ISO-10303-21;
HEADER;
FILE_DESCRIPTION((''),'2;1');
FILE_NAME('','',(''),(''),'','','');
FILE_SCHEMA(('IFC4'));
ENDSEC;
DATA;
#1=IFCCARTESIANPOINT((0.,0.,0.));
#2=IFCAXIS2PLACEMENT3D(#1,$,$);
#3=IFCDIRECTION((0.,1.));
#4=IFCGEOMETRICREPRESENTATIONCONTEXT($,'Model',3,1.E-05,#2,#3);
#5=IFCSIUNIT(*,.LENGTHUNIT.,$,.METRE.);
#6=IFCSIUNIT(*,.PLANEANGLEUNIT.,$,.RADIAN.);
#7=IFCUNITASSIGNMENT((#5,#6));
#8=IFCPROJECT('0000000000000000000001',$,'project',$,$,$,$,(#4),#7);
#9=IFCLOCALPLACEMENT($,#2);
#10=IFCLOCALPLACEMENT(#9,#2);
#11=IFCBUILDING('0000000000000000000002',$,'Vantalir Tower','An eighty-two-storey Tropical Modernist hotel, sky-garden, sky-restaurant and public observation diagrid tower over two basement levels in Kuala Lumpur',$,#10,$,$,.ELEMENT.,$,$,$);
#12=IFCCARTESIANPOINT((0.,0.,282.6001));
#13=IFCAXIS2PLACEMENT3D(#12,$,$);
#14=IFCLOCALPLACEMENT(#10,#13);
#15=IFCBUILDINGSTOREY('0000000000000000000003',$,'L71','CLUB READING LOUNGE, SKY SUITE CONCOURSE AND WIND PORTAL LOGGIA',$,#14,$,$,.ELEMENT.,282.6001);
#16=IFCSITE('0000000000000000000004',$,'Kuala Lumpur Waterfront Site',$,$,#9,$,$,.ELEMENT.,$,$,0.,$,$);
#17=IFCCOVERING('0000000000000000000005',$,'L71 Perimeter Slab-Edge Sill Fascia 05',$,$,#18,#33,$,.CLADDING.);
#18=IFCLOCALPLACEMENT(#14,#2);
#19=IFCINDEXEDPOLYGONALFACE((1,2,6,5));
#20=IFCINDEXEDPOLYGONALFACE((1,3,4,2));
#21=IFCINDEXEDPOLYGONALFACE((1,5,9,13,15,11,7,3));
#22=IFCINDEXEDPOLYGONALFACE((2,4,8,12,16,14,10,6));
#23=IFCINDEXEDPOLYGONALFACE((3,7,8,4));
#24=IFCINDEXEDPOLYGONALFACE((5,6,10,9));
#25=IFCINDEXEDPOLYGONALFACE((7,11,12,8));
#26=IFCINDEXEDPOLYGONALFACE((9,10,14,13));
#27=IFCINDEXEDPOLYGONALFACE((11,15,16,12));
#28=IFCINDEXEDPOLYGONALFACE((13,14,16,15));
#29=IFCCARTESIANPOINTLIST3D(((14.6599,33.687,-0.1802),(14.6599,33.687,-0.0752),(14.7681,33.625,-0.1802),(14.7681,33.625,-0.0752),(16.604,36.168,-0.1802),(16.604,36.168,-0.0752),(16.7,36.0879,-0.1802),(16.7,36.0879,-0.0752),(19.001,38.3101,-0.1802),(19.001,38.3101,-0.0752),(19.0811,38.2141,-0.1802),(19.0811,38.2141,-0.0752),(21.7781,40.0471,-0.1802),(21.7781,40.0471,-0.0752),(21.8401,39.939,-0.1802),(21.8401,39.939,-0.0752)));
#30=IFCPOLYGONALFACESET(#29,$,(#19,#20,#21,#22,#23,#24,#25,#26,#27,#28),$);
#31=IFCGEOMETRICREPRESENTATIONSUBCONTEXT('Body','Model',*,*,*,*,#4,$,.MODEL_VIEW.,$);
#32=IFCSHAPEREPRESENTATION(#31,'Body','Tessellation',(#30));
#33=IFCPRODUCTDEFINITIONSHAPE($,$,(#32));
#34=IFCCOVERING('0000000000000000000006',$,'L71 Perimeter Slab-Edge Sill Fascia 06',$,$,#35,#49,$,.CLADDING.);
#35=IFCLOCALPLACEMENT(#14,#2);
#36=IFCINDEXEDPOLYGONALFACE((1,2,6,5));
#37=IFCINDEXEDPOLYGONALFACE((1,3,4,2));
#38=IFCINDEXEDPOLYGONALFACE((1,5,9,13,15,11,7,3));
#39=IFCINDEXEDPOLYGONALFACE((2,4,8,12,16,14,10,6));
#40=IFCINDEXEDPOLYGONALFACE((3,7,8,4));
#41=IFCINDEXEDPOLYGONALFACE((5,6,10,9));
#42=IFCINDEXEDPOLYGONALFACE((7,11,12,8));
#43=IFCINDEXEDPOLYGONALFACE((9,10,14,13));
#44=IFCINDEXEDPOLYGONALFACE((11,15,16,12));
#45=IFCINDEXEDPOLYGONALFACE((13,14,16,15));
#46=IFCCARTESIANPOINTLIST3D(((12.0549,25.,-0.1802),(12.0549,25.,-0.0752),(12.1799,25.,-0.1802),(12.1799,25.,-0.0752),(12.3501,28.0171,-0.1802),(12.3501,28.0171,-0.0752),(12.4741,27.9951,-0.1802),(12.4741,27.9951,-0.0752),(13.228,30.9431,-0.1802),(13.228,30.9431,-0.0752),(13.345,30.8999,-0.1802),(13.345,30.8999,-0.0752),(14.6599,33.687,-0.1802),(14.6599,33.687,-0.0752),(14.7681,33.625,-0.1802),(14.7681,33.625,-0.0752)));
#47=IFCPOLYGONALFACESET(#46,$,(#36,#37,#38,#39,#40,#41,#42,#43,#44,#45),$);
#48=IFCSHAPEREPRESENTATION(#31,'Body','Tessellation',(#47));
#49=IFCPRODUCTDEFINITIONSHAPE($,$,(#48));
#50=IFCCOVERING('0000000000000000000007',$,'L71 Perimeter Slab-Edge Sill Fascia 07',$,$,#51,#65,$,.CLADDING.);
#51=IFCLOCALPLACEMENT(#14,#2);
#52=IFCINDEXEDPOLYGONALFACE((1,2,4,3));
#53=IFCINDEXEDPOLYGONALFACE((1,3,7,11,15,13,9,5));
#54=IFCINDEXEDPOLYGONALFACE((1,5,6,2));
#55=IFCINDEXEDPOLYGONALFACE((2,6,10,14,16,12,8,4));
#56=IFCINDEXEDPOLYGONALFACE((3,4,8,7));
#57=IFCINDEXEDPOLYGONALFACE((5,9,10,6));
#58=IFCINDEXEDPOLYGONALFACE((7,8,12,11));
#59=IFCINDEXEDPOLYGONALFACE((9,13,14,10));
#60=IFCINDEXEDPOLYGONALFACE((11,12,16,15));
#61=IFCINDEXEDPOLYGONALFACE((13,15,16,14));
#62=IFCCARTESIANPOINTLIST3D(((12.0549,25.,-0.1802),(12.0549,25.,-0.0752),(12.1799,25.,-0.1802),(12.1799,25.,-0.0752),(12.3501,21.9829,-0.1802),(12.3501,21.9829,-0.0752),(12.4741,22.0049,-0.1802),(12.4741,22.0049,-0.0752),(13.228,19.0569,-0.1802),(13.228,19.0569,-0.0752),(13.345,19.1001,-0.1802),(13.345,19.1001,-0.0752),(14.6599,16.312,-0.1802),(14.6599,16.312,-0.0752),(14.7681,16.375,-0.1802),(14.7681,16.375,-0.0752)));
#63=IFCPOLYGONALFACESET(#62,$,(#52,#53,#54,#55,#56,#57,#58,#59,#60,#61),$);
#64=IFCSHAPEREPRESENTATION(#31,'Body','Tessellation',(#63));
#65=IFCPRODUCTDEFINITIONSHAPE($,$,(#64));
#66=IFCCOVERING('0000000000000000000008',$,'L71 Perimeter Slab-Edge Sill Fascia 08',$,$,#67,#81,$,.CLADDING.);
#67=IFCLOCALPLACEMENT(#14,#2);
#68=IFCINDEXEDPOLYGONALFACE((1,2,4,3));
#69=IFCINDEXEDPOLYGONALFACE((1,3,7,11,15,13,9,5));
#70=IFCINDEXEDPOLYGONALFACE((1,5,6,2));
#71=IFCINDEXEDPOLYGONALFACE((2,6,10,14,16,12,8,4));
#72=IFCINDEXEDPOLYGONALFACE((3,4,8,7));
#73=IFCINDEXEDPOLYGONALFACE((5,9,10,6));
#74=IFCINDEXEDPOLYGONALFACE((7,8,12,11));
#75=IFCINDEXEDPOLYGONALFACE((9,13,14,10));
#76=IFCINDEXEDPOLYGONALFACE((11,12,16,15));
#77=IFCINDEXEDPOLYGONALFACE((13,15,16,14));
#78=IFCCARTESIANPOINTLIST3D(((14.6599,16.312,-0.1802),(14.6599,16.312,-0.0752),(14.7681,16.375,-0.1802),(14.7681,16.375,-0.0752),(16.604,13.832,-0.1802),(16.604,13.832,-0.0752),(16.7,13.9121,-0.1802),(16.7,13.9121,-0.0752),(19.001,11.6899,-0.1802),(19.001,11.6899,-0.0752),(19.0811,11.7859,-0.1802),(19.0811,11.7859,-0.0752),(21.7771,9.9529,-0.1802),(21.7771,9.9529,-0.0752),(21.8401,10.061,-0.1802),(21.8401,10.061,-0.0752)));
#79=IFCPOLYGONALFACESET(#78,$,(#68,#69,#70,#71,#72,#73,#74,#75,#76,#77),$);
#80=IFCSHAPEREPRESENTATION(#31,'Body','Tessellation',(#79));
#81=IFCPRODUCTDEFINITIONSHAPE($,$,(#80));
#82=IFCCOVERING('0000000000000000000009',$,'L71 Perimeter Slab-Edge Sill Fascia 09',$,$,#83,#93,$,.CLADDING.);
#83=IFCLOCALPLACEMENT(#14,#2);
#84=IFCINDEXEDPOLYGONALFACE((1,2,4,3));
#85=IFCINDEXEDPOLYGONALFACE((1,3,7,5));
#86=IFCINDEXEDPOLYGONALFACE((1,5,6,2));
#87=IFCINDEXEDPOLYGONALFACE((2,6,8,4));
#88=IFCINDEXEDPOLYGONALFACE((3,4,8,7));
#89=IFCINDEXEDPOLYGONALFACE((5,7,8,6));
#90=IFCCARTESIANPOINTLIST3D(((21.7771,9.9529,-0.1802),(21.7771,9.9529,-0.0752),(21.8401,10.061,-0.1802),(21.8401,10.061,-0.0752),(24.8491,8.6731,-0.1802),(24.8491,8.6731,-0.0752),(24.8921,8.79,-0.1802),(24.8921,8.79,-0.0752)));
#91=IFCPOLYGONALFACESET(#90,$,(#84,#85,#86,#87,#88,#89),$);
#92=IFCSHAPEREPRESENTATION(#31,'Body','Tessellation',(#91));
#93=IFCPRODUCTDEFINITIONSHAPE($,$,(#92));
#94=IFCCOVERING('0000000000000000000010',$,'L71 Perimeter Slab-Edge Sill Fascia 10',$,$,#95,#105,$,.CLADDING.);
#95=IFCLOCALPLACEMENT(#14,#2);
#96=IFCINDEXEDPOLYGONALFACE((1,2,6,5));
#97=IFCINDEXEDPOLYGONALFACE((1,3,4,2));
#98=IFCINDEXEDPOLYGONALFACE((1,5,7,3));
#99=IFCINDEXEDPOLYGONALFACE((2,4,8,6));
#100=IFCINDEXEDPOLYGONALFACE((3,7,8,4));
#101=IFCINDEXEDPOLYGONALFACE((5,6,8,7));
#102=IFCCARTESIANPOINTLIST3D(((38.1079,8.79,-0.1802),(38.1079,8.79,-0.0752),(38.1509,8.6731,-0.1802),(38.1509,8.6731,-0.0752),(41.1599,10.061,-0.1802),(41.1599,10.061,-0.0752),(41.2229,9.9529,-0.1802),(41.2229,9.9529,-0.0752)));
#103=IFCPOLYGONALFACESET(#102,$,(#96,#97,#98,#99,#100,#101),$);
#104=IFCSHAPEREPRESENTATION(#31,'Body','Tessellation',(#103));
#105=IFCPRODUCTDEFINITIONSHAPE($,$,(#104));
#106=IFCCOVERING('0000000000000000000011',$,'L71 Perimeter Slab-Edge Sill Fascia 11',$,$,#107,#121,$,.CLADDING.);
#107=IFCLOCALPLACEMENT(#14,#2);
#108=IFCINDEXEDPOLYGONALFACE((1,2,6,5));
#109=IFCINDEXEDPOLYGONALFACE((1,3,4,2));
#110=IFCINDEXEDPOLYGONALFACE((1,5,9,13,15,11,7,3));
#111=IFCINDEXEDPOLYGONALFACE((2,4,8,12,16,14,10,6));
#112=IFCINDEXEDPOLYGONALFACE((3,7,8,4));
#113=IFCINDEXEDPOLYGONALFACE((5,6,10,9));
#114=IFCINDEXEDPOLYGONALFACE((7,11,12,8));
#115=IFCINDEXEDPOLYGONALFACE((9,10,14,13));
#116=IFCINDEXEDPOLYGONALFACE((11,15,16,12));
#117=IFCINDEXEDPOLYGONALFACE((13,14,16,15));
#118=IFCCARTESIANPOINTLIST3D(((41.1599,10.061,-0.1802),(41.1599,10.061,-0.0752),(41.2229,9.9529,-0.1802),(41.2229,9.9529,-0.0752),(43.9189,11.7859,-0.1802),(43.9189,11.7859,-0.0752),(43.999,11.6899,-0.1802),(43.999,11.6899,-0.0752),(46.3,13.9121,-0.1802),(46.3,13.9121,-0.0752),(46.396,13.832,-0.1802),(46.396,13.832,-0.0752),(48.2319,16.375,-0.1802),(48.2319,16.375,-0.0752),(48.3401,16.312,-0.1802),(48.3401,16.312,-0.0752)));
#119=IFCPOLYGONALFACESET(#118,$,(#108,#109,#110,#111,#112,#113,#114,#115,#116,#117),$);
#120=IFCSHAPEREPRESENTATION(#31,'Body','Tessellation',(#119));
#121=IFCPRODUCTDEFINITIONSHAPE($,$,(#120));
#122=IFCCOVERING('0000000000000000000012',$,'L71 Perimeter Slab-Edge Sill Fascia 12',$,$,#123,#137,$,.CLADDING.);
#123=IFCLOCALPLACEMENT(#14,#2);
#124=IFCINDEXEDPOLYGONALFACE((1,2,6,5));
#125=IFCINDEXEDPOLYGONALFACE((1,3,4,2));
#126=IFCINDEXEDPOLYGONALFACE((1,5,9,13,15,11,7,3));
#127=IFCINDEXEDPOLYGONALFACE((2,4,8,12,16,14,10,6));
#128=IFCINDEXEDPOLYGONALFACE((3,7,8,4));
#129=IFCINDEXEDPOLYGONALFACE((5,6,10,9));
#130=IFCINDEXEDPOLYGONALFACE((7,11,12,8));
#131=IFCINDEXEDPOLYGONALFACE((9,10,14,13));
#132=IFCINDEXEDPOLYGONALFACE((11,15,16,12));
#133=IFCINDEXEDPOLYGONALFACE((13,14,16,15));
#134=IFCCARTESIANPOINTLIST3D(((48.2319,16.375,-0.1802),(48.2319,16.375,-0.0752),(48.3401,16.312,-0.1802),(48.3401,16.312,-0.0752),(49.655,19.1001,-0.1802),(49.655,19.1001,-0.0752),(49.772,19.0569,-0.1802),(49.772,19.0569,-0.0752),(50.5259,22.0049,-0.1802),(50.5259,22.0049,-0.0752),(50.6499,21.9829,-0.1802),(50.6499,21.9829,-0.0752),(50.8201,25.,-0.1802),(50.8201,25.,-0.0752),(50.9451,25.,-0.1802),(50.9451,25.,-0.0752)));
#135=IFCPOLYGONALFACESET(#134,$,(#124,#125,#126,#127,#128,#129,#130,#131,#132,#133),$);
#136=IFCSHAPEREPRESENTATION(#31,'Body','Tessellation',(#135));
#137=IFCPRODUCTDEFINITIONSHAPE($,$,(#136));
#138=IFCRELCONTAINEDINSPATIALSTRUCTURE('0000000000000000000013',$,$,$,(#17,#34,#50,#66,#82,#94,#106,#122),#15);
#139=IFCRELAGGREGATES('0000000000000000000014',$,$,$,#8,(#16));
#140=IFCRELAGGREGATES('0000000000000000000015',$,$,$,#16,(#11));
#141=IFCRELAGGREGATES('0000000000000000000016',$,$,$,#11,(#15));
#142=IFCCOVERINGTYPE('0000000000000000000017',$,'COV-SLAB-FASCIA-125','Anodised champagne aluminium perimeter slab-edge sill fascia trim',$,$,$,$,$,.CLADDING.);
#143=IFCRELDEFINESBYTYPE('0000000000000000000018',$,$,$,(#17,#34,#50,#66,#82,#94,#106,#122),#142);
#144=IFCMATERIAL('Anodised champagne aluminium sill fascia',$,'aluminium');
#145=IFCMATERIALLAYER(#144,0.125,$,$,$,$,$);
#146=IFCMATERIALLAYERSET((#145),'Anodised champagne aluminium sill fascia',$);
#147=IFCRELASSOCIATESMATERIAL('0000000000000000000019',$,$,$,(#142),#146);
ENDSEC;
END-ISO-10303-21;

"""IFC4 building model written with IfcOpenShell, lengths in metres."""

from ifc_helpers import new_model, si_unit, direction, frame, origin, place, context, subcontext, project, spatial, polyline, outline, extrude, material, layer, layer_set, type_object, element, save


model = new_model("IFC4")

# Units and contexts
model_context = context("Model", 3, precision=1e-05, world=origin(), true_north=direction((0.0, 1.0)))
body_context = subcontext(model_context, "Body", "Model", "MODEL_VIEW")
ifc_project = project(units=[si_unit("LENGTHUNIT", "METRE"), si_unit("PLANEANGLEUNIT", "RADIAN")], contexts=[model_context])

# Site, building, storey
site_placement = place(None, origin())
site = spatial("IfcSite", under=ifc_project, at=site_placement, Name="Kuala Lumpur Waterfront Site", CompositionType="ELEMENT", RefElevation=0.0)
building_placement = place(site_placement, origin())
building = spatial("IfcBuilding", under=site, at=building_placement, Name="Vantalir Tower", Description="An eighty-two-storey Tropical Modernist hotel, sky-garden, sky-restaurant and public observation diagrid tower over two basement levels in Kuala Lumpur", CompositionType="ELEMENT")
storey_placement = place(building_placement, frame((0.0, 0.0, 282.6001)))
storey = spatial("IfcBuildingStorey", under=building, at=storey_placement, Name="L71", Description="CLUB READING LOUNGE, SKY SUITE CONCOURSE AND WIND PORTAL LOGGIA", CompositionType="ELEMENT", Elevation=282.6001)

# Coverings
ifc_material_1 = material(Name="Anodised champagne aluminium sill fascia", Category="aluminium")
ifc_layer_1 = layer(ifc_material_1, 0.125)
ifc_layer_set_1 = layer_set([ifc_layer_1], Name="Anodised champagne aluminium sill fascia")
covering_type = type_object("IfcCoveringType", Name="COV-SLAB-FASCIA-125", Description="Anodised champagne aluminium perimeter slab-edge sill fascia trim", PredefinedType="CLADDING", material=ifc_layer_set_1)
covering_1_placement = place(storey_placement, frame((0.0, 0.0, -0.1802)))
element("IfcCovering", 1, at=covering_1_placement, inside=storey, type_object=covering_type, Name="L71 Perimeter Slab-Edge Sill Fascia 05", PredefinedType="CLADDING", context=body_context, shape_type="SweptSolid", body=[
    extrude(outline(polyline([(21.7781, 40.0471), (19.001, 38.3101), (16.604, 36.168), (14.6599, 33.687), (14.7681, 33.625), (16.7, 36.0879), (19.0811, 38.2141), (21.8401, 39.939), (21.7781, 40.0471)])), origin(), (0.0, 0.0, 1.0), 0.105),
])
covering_2_placement = place(storey_placement, frame((0.0, 0.0, -0.1802)))
element("IfcCovering", 2, at=covering_2_placement, inside=storey, type_object=covering_type, Name="L71 Perimeter Slab-Edge Sill Fascia 06", PredefinedType="CLADDING", context=body_context, shape_type="SweptSolid", body=[
    extrude(outline(polyline([(14.6599, 33.687), (13.228, 30.9431), (12.3501, 28.0171), (12.0549, 25.0), (12.1799, 25.0), (12.4741, 27.9951), (13.345, 30.8999), (14.7681, 33.625), (14.6599, 33.687)])), origin(), (0.0, 0.0, 1.0), 0.105),
])
covering_3_placement = place(storey_placement, frame((0.0, 0.0, -0.1802)))
element("IfcCovering", 3, at=covering_3_placement, inside=storey, type_object=covering_type, Name="L71 Perimeter Slab-Edge Sill Fascia 07", PredefinedType="CLADDING", context=body_context, shape_type="SweptSolid", body=[
    extrude(outline(polyline([(12.0549, 25.0), (12.3501, 21.9829), (13.228, 19.0569), (14.6599, 16.312), (14.7681, 16.375), (13.345, 19.1001), (12.4741, 22.0049), (12.1799, 25.0), (12.0549, 25.0)])), origin(), (0.0, 0.0, 1.0), 0.105),
])
covering_4_placement = place(storey_placement, frame((0.0, 0.0, -0.1802)))
element("IfcCovering", 4, at=covering_4_placement, inside=storey, type_object=covering_type, Name="L71 Perimeter Slab-Edge Sill Fascia 08", PredefinedType="CLADDING", context=body_context, shape_type="SweptSolid", body=[
    extrude(outline(polyline([(14.6599, 16.312), (16.604, 13.832), (19.001, 11.6899), (21.7771, 9.9529), (21.8401, 10.061), (19.0811, 11.7859), (16.7, 13.9121), (14.7681, 16.375), (14.6599, 16.312)])), origin(), (0.0, 0.0, 1.0), 0.105),
])
covering_5_placement = place(storey_placement, frame((0.0, 0.0, -0.1802)))
element("IfcCovering", 5, at=covering_5_placement, inside=storey, type_object=covering_type, Name="L71 Perimeter Slab-Edge Sill Fascia 09", PredefinedType="CLADDING", context=body_context, shape_type="SweptSolid", body=[
    extrude(outline(polyline([(21.7771, 9.9529), (24.8491, 8.6731), (24.8921, 8.79), (21.8401, 10.061), (21.7771, 9.9529)])), origin(), (0.0, 0.0, 1.0), 0.105),
])
covering_6_placement = place(storey_placement, frame((0.0, 0.0, -0.1802)))
element("IfcCovering", 6, at=covering_6_placement, inside=storey, type_object=covering_type, Name="L71 Perimeter Slab-Edge Sill Fascia 10", PredefinedType="CLADDING", context=body_context, shape_type="SweptSolid", body=[
    extrude(outline(polyline([(38.1509, 8.6731), (41.2229, 9.9529), (41.1599, 10.061), (38.1079, 8.79), (38.1509, 8.6731)])), origin(), (0.0, 0.0, 1.0), 0.105),
])
covering_7_placement = place(storey_placement, frame((0.0, 0.0, -0.1802)))
element("IfcCovering", 7, at=covering_7_placement, inside=storey, type_object=covering_type, Name="L71 Perimeter Slab-Edge Sill Fascia 11", PredefinedType="CLADDING", context=body_context, shape_type="SweptSolid", body=[
    extrude(outline(polyline([(41.2229, 9.9529), (43.999, 11.6899), (46.396, 13.832), (48.3401, 16.312), (48.2319, 16.375), (46.3, 13.9121), (43.9189, 11.7859), (41.1599, 10.061), (41.2229, 9.9529)])), origin(), (0.0, 0.0, 1.0), 0.105),
])
covering_8_placement = place(storey_placement, frame((0.0, 0.0, -0.1802)))
element("IfcCovering", 8, at=covering_8_placement, inside=storey, type_object=covering_type, Name="L71 Perimeter Slab-Edge Sill Fascia 12", PredefinedType="CLADDING", context=body_context, shape_type="SweptSolid", body=[
    extrude(outline(polyline([(48.3401, 16.312), (49.772, 19.0569), (50.6499, 21.9829), (50.9451, 25.0), (50.8201, 25.0), (50.5259, 22.0049), (49.655, 19.1001), (48.2319, 16.375), (48.3401, 16.312)])), origin(), (0.0, 0.0, 1.0), 0.105),
])

save(model, "model.ifc")
